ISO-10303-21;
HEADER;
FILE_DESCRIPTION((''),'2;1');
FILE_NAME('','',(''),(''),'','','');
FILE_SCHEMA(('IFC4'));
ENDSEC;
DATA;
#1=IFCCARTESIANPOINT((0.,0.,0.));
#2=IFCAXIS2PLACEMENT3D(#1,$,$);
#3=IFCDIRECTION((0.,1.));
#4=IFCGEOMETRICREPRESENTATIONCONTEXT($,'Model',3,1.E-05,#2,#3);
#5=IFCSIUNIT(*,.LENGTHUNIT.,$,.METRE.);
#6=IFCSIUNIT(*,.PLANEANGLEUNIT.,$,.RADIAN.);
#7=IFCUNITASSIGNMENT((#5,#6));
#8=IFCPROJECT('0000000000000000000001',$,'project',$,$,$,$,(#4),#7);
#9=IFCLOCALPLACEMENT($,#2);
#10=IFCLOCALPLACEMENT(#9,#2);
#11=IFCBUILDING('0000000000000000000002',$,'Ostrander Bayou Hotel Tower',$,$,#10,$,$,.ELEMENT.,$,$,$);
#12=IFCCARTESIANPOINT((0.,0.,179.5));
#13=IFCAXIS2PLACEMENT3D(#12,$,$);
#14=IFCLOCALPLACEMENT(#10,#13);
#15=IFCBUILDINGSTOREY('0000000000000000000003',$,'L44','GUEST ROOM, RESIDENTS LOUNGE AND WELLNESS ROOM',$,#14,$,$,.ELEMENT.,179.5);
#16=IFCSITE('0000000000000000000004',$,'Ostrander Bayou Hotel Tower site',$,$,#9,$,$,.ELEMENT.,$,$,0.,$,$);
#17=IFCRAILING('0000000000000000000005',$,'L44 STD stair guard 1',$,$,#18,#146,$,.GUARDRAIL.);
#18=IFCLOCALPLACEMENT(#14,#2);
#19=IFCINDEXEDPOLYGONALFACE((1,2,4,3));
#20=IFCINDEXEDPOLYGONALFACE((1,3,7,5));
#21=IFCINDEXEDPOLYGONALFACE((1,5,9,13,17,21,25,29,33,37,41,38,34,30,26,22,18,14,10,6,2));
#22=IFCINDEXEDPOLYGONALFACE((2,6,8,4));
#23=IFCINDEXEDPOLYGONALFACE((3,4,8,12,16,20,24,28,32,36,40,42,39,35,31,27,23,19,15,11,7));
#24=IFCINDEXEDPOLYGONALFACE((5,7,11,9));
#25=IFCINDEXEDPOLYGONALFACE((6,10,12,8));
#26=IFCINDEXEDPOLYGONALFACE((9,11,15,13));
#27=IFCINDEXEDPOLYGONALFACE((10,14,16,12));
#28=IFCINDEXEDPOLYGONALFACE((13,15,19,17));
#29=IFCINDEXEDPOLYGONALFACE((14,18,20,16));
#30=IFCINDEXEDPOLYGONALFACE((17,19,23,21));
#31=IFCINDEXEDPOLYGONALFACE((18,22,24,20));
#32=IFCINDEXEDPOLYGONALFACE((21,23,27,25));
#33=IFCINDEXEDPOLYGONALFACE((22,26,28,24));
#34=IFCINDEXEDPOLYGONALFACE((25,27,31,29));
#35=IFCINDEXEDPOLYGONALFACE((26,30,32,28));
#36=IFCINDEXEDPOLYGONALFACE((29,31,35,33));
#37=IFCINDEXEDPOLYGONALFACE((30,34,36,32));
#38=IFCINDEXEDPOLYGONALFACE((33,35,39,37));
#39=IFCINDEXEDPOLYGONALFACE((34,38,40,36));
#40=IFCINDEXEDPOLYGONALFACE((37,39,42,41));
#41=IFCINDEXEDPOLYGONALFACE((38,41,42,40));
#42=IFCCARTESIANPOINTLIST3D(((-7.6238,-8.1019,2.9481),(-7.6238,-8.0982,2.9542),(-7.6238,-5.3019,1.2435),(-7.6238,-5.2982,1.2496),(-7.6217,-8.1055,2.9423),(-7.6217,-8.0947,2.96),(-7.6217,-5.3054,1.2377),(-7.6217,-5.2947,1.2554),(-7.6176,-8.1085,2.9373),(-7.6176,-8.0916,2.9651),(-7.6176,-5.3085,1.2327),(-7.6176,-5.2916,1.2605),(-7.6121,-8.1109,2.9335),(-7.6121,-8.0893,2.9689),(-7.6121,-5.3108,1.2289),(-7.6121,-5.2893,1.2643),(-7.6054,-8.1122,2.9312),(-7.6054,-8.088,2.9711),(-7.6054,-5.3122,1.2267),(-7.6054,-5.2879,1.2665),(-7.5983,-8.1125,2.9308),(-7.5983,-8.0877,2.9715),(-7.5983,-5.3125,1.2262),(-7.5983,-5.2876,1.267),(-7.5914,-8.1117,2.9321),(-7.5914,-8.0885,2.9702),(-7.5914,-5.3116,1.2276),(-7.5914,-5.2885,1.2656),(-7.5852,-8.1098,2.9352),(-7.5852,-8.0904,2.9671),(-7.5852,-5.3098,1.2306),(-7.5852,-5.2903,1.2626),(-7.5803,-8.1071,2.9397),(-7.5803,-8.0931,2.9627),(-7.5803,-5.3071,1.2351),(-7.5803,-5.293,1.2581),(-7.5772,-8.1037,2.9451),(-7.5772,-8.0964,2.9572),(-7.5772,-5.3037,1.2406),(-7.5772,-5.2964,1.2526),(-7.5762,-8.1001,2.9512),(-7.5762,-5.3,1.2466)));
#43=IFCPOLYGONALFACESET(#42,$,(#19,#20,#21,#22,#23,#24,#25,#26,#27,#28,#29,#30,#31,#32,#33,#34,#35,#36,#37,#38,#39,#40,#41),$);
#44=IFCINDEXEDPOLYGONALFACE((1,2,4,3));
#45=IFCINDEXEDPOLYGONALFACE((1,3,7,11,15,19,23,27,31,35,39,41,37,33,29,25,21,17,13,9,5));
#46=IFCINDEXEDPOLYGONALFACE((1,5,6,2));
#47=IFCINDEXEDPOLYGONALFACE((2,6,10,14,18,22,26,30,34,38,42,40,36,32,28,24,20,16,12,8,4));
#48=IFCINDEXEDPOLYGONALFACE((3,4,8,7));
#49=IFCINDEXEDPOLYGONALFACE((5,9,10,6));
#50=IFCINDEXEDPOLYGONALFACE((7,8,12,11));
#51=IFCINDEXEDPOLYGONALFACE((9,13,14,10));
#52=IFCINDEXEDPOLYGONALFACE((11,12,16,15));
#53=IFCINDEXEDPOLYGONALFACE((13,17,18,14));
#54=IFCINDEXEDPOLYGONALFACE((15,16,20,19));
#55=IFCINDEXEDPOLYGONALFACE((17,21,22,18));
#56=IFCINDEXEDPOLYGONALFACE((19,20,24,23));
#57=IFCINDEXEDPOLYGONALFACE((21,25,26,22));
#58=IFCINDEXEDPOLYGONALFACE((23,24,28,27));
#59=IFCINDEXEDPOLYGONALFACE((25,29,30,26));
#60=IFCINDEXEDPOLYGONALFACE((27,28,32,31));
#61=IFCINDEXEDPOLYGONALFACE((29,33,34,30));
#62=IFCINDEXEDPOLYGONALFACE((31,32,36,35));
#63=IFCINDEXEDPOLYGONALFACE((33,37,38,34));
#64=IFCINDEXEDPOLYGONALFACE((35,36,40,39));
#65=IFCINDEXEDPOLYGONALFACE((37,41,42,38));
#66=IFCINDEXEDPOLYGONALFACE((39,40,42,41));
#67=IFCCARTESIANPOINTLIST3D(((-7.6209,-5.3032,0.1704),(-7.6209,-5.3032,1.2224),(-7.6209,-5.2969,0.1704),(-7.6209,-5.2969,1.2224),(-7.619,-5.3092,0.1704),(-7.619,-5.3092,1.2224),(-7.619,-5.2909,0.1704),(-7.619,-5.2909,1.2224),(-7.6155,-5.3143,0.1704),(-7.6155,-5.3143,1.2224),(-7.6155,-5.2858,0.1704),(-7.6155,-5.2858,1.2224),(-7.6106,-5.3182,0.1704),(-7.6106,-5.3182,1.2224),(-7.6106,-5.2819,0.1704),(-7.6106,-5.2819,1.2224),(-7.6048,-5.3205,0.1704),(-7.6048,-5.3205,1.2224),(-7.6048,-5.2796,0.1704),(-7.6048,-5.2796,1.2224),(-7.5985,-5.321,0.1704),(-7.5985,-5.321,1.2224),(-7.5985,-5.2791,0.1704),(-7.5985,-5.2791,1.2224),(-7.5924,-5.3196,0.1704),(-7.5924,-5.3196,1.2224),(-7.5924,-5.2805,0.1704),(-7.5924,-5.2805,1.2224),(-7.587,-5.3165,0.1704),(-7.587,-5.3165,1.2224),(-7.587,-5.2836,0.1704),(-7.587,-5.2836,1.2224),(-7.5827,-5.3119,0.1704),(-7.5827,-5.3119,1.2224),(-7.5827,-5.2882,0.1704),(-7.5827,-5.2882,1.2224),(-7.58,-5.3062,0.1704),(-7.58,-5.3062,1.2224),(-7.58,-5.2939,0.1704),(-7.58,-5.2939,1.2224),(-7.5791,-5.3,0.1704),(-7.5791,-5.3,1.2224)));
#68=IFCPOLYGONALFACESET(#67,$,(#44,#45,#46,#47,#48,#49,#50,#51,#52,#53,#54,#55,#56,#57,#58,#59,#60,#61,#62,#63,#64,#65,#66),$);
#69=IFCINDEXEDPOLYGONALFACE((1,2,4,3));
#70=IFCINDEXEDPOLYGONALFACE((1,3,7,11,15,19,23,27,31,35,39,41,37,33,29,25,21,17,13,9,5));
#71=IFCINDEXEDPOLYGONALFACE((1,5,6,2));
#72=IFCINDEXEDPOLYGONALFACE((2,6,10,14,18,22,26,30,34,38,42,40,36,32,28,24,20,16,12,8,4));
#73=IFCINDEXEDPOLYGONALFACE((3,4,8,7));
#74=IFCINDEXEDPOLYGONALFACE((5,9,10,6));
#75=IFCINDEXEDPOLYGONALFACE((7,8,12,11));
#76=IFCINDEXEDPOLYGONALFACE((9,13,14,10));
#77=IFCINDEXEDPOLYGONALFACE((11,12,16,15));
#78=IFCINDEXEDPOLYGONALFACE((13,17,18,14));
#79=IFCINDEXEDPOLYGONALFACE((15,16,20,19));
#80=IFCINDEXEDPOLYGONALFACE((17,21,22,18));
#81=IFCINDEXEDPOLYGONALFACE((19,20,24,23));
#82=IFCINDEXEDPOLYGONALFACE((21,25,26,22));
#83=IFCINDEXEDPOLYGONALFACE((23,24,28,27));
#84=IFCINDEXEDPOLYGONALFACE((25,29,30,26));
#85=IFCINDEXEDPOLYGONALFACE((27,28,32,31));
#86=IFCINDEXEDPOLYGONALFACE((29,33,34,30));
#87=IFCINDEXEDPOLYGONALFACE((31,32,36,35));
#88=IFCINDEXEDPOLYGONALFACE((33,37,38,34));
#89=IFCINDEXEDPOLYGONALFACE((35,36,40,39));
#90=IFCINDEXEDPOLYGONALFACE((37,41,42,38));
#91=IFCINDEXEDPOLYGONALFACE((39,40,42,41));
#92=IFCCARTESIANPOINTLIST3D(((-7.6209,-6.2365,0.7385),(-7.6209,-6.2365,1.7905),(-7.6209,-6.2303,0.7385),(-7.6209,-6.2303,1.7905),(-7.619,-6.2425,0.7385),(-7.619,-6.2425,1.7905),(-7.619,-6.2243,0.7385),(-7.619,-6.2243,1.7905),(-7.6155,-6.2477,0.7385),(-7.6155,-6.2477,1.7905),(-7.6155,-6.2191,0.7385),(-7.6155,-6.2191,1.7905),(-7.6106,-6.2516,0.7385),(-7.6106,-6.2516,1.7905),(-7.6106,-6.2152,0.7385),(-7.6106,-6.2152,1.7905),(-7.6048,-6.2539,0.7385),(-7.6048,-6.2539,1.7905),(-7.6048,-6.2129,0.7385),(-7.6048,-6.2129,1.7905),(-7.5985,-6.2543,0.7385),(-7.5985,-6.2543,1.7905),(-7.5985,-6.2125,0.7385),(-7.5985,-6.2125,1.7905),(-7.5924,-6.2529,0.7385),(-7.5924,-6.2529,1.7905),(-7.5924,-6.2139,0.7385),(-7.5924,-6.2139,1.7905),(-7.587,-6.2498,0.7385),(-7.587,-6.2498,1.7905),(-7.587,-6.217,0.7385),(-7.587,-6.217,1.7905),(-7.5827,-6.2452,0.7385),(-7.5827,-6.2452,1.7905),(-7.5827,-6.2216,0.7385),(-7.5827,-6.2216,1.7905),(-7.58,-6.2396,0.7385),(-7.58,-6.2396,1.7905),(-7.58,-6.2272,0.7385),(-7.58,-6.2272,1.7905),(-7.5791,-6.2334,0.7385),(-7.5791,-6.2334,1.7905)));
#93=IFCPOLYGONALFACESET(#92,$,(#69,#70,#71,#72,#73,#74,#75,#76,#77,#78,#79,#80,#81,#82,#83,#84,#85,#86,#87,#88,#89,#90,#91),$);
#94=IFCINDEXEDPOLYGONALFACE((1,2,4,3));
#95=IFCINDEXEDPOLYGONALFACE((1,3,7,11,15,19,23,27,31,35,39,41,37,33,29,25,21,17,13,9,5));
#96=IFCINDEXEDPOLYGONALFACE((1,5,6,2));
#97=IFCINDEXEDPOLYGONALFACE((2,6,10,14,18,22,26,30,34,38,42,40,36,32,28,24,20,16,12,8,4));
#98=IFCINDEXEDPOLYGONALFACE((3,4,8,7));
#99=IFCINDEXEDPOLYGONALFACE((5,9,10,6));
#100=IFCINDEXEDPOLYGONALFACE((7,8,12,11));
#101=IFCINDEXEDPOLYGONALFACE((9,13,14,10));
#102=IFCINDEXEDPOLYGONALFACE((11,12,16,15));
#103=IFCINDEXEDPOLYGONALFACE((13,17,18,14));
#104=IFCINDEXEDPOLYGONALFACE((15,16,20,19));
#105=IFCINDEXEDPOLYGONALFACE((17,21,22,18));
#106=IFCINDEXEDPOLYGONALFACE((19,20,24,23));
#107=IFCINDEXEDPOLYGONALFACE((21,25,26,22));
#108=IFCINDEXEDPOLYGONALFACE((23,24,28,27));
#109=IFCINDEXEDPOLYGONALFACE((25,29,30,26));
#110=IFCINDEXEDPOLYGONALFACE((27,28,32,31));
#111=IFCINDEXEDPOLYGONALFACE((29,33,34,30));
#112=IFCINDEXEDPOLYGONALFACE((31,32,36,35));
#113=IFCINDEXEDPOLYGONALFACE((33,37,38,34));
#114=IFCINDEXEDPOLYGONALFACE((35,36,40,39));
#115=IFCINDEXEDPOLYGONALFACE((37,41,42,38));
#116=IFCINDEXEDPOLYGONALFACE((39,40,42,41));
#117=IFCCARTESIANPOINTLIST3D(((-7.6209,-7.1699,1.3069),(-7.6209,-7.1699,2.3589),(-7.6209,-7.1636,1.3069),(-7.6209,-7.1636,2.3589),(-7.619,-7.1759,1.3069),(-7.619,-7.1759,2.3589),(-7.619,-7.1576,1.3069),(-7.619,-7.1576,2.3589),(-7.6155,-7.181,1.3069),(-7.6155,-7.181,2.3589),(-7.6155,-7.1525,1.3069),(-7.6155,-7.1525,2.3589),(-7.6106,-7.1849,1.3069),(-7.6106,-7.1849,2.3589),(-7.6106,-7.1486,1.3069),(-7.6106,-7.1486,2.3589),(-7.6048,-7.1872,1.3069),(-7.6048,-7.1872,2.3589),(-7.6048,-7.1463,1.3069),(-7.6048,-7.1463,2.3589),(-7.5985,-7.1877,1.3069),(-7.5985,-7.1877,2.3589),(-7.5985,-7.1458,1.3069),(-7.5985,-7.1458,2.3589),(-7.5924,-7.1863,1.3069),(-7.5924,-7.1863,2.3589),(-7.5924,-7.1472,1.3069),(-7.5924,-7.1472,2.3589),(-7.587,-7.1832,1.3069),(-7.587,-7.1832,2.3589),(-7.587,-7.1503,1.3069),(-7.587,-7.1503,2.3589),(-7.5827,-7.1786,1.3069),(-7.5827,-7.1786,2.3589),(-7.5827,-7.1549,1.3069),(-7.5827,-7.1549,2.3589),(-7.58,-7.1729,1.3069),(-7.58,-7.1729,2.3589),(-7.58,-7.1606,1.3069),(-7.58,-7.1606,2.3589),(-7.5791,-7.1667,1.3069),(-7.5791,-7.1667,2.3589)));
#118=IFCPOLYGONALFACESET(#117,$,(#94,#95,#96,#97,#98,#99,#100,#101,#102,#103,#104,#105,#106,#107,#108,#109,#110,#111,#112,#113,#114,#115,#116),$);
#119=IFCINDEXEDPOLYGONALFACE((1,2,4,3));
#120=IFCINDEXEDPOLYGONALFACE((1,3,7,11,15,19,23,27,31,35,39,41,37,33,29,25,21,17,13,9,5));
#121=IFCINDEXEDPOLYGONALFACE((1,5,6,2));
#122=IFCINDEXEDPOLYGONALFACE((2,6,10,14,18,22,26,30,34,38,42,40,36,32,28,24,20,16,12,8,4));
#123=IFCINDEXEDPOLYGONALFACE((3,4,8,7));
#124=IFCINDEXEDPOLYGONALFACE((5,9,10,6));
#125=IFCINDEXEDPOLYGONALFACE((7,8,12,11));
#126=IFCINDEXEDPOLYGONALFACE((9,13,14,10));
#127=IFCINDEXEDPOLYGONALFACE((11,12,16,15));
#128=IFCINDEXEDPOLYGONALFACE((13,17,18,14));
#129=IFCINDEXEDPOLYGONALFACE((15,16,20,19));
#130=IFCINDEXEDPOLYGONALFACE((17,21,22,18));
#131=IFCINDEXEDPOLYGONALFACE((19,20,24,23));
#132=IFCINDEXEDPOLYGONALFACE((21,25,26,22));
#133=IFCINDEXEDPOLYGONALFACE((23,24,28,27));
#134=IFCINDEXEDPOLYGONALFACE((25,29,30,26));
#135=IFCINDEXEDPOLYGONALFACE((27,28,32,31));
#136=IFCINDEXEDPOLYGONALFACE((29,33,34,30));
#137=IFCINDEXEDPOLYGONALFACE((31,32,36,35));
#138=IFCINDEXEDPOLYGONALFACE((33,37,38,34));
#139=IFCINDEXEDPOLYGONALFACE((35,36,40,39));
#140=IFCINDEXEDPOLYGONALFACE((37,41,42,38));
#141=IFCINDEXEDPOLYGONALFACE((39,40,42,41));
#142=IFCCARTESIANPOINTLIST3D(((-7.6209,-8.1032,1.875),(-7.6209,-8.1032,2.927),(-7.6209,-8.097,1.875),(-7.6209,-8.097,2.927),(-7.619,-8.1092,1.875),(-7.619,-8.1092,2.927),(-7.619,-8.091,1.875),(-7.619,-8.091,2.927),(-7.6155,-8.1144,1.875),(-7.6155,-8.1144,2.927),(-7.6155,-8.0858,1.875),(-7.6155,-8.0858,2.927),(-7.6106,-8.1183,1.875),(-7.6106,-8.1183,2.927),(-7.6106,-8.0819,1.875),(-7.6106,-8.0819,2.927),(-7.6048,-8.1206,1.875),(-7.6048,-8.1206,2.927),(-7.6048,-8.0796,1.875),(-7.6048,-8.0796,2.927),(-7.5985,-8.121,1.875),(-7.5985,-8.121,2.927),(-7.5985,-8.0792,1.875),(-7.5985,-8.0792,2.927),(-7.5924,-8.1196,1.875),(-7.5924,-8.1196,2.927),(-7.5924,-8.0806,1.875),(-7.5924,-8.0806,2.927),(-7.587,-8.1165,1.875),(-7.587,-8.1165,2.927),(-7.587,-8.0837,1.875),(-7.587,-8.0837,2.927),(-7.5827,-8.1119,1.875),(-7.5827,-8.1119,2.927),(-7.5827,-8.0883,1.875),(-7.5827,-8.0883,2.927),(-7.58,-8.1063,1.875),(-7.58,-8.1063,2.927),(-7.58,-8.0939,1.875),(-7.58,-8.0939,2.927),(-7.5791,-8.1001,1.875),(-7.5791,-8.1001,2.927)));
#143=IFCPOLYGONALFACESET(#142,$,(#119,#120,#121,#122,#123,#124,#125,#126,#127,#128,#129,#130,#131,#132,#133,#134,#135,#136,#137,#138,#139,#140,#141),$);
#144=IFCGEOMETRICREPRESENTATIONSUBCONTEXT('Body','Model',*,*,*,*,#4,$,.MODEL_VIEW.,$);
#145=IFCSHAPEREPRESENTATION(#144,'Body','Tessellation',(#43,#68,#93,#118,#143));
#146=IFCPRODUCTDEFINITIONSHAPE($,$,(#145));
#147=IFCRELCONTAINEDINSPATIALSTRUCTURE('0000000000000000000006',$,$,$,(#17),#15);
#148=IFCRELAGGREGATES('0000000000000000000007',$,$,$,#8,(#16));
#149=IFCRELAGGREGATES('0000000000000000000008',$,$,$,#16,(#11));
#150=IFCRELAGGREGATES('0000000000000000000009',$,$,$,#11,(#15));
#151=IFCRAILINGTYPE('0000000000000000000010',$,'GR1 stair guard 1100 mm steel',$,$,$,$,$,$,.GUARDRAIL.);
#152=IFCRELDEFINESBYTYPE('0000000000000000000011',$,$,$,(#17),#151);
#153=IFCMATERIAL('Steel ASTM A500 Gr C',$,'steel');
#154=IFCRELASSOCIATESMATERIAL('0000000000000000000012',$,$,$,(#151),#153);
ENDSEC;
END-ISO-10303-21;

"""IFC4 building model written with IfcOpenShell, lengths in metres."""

from ifc_helpers import new_model, si_unit, direction, frame, origin, origin_2d, place, context, subcontext, project, spatial, circle, extrude, material, type_object, element, save


model = new_model("IFC4")

# Units and contexts
model_context = context("Model", 3, precision=1e-05, world=origin(), true_north=direction((0.0, 1.0)))
body_context = subcontext(model_context, "Body", "Model", "MODEL_VIEW")
ifc_project = project(units=[si_unit("LENGTHUNIT", "METRE"), si_unit("PLANEANGLEUNIT", "RADIAN")], contexts=[model_context])

# Site, building, storey
site_placement = place(None, origin())
site = spatial("IfcSite", under=ifc_project, at=site_placement, Name="Ostrander Bayou Hotel Tower site", CompositionType="ELEMENT", RefElevation=0.0)
building_placement = place(site_placement, origin())
building = spatial("IfcBuilding", under=site, at=building_placement, Name="Ostrander Bayou Hotel Tower", CompositionType="ELEMENT")
storey_placement = place(building_placement, frame((0.0, 0.0, 179.5)))
storey = spatial("IfcBuildingStorey", under=building, at=storey_placement, Name="L44", Description="GUEST ROOM, RESIDENTS LOUNGE AND WELLNESS ROOM", CompositionType="ELEMENT", Elevation=179.5)

# Railing
ifc_material_1 = material(Name="Steel ASTM A500 Gr C", Category="steel")
railing_type_1 = type_object("IfcRailingType", Name="GR1 stair guard 1100 mm steel", PredefinedType="GUARDRAIL", material=ifc_material_1)
railing_1_placement = place(storey_placement, frame((-7.6001, -5.3, 0.1704)))
element("IfcRailing", 1, at=railing_1_placement, inside=storey, type_object=railing_type_1, Name="L44 STD stair guard 1", PredefinedType="GUARDRAIL", context=body_context, shape_type="SweptSolid", body=[
    extrude(circle(Radius=0.0239, at=origin_2d()), frame((0.0, 0.0, 1.0762), z_axis=(0.0, -0.85417, 0.519994), x_axis=(1.0, 0.0, 0.0)), (0.0, 0.0, 1.0), 3.2781),
    extrude(circle(Radius=0.021, at=origin_2d()), origin(), (0.0, 0.0, 1.0), 1.052),
    extrude(circle(Radius=0.021, at=origin_2d()), frame((0.0, -0.9333, 0.5681)), (0.0, 0.0, 1.0), 1.052),
    extrude(circle(Radius=0.021, at=origin_2d()), frame((0.0, -1.8667, 1.1365)), (0.0, 0.0, 1.0), 1.052),
    extrude(circle(Radius=0.021, at=origin_2d()), frame((0.0, -2.8, 1.7046)), (0.0, 0.0, 1.0), 1.052),
])

save(model, "model.ifc")
